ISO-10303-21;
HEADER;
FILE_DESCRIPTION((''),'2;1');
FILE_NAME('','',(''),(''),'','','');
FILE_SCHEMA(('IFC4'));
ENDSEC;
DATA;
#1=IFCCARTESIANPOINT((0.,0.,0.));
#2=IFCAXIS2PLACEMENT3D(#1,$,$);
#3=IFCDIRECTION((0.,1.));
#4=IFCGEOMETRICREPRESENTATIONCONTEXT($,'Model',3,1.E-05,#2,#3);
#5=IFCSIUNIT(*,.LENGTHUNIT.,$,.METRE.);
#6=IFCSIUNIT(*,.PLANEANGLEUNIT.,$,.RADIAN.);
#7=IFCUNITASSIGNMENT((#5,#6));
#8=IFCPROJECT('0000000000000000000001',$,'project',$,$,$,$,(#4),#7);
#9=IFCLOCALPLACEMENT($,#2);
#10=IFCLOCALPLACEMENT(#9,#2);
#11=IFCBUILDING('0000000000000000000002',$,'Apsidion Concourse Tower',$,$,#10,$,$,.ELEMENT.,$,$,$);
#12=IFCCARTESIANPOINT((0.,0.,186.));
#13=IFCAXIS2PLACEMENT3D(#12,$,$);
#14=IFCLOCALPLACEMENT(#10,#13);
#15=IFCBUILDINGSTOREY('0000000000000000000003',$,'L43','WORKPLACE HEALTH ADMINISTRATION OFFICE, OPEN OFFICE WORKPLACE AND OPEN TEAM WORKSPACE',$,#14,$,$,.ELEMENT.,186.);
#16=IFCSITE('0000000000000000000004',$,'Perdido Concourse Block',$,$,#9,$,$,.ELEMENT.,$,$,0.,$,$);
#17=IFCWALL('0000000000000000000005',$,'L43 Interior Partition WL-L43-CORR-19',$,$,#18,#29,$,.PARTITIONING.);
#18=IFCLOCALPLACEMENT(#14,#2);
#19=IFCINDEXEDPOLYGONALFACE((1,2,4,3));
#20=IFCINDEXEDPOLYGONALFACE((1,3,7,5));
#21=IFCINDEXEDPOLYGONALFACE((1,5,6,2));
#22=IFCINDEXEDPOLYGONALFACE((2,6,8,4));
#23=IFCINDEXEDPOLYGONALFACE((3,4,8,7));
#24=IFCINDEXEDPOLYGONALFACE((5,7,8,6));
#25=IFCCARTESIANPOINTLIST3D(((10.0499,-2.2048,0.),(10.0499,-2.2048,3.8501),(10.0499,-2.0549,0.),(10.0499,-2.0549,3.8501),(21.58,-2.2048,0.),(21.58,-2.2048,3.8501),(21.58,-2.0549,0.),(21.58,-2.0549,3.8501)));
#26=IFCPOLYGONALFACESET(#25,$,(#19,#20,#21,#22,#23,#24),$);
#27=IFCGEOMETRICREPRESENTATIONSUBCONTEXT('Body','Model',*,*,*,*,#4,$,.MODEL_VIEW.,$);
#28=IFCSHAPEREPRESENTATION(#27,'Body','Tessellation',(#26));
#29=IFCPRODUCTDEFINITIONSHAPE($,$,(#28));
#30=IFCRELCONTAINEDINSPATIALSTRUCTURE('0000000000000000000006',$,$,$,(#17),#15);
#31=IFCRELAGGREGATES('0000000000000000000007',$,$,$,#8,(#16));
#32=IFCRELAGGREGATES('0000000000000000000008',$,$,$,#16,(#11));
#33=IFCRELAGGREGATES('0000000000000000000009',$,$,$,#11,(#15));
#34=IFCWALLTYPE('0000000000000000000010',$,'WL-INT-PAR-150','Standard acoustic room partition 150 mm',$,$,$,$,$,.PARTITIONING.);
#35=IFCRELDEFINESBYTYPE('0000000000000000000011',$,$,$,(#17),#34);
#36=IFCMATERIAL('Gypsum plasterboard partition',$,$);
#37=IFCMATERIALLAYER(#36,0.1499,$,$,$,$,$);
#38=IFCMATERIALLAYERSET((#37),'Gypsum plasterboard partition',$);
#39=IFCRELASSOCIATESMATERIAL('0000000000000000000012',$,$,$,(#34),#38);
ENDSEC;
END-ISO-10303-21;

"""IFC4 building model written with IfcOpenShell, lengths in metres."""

from ifc_helpers import new_model, si_unit, direction, frame, frame_2d, origin, place, context, subcontext, project, spatial, rectangle, extrude, material, layer, layer_set, type_object, element, save


model = new_model("IFC4")

# Units and contexts
model_context = context("Model", 3, precision=1e-05, world=origin(), true_north=direction((0.0, 1.0)))
body_context = subcontext(model_context, "Body", "Model", "MODEL_VIEW")
ifc_project = project(units=[si_unit("LENGTHUNIT", "METRE"), si_unit("PLANEANGLEUNIT", "RADIAN")], contexts=[model_context])

# Site, building, storey
site_placement = place(None, origin())
site = spatial("IfcSite", under=ifc_project, at=site_placement, Name="Perdido Concourse Block", CompositionType="ELEMENT", RefElevation=0.0)
building_placement = place(site_placement, origin())
building = spatial("IfcBuilding", under=site, at=building_placement, Name="Apsidion Concourse Tower", CompositionType="ELEMENT")
storey_placement = place(building_placement, frame((0.0, 0.0, 186.0)))
storey = spatial("IfcBuildingStorey", under=building, at=storey_placement, Name="L43", Description="WORKPLACE HEALTH ADMINISTRATION OFFICE, OPEN OFFICE WORKPLACE AND OPEN TEAM WORKSPACE", CompositionType="ELEMENT", Elevation=186.0)

# Wall
ifc_material_1 = material(Name="Gypsum plasterboard partition")
ifc_layer_1 = layer(ifc_material_1, 0.1499)
ifc_layer_set_1 = layer_set([ifc_layer_1], Name="Gypsum plasterboard partition")
wall_type_1 = type_object("IfcWallType", Name="WL-INT-PAR-150", Description="Standard acoustic room partition 150 mm", PredefinedType="PARTITIONING", material=ifc_layer_set_1)
wall_1_placement = place(storey_placement, frame((21.5801, -2.1299, 0.0), z_axis=(0.0, 0.0, 1.0), x_axis=(-1.0, 0.0, 0.0)))
element("IfcWall", 1, at=wall_1_placement, inside=storey, type_object=wall_type_1, Name="L43 Interior Partition WL-L43-CORR-19", PredefinedType="PARTITIONING", context=body_context, shape_type="SweptSolid", body=[
    extrude(rectangle(XDim=11.53, YDim=0.1499, at=frame_2d((5.7651, 0.0))), origin(), (0.0, 0.0, 1.0), 3.8501),
])

save(model, "model.ifc")
